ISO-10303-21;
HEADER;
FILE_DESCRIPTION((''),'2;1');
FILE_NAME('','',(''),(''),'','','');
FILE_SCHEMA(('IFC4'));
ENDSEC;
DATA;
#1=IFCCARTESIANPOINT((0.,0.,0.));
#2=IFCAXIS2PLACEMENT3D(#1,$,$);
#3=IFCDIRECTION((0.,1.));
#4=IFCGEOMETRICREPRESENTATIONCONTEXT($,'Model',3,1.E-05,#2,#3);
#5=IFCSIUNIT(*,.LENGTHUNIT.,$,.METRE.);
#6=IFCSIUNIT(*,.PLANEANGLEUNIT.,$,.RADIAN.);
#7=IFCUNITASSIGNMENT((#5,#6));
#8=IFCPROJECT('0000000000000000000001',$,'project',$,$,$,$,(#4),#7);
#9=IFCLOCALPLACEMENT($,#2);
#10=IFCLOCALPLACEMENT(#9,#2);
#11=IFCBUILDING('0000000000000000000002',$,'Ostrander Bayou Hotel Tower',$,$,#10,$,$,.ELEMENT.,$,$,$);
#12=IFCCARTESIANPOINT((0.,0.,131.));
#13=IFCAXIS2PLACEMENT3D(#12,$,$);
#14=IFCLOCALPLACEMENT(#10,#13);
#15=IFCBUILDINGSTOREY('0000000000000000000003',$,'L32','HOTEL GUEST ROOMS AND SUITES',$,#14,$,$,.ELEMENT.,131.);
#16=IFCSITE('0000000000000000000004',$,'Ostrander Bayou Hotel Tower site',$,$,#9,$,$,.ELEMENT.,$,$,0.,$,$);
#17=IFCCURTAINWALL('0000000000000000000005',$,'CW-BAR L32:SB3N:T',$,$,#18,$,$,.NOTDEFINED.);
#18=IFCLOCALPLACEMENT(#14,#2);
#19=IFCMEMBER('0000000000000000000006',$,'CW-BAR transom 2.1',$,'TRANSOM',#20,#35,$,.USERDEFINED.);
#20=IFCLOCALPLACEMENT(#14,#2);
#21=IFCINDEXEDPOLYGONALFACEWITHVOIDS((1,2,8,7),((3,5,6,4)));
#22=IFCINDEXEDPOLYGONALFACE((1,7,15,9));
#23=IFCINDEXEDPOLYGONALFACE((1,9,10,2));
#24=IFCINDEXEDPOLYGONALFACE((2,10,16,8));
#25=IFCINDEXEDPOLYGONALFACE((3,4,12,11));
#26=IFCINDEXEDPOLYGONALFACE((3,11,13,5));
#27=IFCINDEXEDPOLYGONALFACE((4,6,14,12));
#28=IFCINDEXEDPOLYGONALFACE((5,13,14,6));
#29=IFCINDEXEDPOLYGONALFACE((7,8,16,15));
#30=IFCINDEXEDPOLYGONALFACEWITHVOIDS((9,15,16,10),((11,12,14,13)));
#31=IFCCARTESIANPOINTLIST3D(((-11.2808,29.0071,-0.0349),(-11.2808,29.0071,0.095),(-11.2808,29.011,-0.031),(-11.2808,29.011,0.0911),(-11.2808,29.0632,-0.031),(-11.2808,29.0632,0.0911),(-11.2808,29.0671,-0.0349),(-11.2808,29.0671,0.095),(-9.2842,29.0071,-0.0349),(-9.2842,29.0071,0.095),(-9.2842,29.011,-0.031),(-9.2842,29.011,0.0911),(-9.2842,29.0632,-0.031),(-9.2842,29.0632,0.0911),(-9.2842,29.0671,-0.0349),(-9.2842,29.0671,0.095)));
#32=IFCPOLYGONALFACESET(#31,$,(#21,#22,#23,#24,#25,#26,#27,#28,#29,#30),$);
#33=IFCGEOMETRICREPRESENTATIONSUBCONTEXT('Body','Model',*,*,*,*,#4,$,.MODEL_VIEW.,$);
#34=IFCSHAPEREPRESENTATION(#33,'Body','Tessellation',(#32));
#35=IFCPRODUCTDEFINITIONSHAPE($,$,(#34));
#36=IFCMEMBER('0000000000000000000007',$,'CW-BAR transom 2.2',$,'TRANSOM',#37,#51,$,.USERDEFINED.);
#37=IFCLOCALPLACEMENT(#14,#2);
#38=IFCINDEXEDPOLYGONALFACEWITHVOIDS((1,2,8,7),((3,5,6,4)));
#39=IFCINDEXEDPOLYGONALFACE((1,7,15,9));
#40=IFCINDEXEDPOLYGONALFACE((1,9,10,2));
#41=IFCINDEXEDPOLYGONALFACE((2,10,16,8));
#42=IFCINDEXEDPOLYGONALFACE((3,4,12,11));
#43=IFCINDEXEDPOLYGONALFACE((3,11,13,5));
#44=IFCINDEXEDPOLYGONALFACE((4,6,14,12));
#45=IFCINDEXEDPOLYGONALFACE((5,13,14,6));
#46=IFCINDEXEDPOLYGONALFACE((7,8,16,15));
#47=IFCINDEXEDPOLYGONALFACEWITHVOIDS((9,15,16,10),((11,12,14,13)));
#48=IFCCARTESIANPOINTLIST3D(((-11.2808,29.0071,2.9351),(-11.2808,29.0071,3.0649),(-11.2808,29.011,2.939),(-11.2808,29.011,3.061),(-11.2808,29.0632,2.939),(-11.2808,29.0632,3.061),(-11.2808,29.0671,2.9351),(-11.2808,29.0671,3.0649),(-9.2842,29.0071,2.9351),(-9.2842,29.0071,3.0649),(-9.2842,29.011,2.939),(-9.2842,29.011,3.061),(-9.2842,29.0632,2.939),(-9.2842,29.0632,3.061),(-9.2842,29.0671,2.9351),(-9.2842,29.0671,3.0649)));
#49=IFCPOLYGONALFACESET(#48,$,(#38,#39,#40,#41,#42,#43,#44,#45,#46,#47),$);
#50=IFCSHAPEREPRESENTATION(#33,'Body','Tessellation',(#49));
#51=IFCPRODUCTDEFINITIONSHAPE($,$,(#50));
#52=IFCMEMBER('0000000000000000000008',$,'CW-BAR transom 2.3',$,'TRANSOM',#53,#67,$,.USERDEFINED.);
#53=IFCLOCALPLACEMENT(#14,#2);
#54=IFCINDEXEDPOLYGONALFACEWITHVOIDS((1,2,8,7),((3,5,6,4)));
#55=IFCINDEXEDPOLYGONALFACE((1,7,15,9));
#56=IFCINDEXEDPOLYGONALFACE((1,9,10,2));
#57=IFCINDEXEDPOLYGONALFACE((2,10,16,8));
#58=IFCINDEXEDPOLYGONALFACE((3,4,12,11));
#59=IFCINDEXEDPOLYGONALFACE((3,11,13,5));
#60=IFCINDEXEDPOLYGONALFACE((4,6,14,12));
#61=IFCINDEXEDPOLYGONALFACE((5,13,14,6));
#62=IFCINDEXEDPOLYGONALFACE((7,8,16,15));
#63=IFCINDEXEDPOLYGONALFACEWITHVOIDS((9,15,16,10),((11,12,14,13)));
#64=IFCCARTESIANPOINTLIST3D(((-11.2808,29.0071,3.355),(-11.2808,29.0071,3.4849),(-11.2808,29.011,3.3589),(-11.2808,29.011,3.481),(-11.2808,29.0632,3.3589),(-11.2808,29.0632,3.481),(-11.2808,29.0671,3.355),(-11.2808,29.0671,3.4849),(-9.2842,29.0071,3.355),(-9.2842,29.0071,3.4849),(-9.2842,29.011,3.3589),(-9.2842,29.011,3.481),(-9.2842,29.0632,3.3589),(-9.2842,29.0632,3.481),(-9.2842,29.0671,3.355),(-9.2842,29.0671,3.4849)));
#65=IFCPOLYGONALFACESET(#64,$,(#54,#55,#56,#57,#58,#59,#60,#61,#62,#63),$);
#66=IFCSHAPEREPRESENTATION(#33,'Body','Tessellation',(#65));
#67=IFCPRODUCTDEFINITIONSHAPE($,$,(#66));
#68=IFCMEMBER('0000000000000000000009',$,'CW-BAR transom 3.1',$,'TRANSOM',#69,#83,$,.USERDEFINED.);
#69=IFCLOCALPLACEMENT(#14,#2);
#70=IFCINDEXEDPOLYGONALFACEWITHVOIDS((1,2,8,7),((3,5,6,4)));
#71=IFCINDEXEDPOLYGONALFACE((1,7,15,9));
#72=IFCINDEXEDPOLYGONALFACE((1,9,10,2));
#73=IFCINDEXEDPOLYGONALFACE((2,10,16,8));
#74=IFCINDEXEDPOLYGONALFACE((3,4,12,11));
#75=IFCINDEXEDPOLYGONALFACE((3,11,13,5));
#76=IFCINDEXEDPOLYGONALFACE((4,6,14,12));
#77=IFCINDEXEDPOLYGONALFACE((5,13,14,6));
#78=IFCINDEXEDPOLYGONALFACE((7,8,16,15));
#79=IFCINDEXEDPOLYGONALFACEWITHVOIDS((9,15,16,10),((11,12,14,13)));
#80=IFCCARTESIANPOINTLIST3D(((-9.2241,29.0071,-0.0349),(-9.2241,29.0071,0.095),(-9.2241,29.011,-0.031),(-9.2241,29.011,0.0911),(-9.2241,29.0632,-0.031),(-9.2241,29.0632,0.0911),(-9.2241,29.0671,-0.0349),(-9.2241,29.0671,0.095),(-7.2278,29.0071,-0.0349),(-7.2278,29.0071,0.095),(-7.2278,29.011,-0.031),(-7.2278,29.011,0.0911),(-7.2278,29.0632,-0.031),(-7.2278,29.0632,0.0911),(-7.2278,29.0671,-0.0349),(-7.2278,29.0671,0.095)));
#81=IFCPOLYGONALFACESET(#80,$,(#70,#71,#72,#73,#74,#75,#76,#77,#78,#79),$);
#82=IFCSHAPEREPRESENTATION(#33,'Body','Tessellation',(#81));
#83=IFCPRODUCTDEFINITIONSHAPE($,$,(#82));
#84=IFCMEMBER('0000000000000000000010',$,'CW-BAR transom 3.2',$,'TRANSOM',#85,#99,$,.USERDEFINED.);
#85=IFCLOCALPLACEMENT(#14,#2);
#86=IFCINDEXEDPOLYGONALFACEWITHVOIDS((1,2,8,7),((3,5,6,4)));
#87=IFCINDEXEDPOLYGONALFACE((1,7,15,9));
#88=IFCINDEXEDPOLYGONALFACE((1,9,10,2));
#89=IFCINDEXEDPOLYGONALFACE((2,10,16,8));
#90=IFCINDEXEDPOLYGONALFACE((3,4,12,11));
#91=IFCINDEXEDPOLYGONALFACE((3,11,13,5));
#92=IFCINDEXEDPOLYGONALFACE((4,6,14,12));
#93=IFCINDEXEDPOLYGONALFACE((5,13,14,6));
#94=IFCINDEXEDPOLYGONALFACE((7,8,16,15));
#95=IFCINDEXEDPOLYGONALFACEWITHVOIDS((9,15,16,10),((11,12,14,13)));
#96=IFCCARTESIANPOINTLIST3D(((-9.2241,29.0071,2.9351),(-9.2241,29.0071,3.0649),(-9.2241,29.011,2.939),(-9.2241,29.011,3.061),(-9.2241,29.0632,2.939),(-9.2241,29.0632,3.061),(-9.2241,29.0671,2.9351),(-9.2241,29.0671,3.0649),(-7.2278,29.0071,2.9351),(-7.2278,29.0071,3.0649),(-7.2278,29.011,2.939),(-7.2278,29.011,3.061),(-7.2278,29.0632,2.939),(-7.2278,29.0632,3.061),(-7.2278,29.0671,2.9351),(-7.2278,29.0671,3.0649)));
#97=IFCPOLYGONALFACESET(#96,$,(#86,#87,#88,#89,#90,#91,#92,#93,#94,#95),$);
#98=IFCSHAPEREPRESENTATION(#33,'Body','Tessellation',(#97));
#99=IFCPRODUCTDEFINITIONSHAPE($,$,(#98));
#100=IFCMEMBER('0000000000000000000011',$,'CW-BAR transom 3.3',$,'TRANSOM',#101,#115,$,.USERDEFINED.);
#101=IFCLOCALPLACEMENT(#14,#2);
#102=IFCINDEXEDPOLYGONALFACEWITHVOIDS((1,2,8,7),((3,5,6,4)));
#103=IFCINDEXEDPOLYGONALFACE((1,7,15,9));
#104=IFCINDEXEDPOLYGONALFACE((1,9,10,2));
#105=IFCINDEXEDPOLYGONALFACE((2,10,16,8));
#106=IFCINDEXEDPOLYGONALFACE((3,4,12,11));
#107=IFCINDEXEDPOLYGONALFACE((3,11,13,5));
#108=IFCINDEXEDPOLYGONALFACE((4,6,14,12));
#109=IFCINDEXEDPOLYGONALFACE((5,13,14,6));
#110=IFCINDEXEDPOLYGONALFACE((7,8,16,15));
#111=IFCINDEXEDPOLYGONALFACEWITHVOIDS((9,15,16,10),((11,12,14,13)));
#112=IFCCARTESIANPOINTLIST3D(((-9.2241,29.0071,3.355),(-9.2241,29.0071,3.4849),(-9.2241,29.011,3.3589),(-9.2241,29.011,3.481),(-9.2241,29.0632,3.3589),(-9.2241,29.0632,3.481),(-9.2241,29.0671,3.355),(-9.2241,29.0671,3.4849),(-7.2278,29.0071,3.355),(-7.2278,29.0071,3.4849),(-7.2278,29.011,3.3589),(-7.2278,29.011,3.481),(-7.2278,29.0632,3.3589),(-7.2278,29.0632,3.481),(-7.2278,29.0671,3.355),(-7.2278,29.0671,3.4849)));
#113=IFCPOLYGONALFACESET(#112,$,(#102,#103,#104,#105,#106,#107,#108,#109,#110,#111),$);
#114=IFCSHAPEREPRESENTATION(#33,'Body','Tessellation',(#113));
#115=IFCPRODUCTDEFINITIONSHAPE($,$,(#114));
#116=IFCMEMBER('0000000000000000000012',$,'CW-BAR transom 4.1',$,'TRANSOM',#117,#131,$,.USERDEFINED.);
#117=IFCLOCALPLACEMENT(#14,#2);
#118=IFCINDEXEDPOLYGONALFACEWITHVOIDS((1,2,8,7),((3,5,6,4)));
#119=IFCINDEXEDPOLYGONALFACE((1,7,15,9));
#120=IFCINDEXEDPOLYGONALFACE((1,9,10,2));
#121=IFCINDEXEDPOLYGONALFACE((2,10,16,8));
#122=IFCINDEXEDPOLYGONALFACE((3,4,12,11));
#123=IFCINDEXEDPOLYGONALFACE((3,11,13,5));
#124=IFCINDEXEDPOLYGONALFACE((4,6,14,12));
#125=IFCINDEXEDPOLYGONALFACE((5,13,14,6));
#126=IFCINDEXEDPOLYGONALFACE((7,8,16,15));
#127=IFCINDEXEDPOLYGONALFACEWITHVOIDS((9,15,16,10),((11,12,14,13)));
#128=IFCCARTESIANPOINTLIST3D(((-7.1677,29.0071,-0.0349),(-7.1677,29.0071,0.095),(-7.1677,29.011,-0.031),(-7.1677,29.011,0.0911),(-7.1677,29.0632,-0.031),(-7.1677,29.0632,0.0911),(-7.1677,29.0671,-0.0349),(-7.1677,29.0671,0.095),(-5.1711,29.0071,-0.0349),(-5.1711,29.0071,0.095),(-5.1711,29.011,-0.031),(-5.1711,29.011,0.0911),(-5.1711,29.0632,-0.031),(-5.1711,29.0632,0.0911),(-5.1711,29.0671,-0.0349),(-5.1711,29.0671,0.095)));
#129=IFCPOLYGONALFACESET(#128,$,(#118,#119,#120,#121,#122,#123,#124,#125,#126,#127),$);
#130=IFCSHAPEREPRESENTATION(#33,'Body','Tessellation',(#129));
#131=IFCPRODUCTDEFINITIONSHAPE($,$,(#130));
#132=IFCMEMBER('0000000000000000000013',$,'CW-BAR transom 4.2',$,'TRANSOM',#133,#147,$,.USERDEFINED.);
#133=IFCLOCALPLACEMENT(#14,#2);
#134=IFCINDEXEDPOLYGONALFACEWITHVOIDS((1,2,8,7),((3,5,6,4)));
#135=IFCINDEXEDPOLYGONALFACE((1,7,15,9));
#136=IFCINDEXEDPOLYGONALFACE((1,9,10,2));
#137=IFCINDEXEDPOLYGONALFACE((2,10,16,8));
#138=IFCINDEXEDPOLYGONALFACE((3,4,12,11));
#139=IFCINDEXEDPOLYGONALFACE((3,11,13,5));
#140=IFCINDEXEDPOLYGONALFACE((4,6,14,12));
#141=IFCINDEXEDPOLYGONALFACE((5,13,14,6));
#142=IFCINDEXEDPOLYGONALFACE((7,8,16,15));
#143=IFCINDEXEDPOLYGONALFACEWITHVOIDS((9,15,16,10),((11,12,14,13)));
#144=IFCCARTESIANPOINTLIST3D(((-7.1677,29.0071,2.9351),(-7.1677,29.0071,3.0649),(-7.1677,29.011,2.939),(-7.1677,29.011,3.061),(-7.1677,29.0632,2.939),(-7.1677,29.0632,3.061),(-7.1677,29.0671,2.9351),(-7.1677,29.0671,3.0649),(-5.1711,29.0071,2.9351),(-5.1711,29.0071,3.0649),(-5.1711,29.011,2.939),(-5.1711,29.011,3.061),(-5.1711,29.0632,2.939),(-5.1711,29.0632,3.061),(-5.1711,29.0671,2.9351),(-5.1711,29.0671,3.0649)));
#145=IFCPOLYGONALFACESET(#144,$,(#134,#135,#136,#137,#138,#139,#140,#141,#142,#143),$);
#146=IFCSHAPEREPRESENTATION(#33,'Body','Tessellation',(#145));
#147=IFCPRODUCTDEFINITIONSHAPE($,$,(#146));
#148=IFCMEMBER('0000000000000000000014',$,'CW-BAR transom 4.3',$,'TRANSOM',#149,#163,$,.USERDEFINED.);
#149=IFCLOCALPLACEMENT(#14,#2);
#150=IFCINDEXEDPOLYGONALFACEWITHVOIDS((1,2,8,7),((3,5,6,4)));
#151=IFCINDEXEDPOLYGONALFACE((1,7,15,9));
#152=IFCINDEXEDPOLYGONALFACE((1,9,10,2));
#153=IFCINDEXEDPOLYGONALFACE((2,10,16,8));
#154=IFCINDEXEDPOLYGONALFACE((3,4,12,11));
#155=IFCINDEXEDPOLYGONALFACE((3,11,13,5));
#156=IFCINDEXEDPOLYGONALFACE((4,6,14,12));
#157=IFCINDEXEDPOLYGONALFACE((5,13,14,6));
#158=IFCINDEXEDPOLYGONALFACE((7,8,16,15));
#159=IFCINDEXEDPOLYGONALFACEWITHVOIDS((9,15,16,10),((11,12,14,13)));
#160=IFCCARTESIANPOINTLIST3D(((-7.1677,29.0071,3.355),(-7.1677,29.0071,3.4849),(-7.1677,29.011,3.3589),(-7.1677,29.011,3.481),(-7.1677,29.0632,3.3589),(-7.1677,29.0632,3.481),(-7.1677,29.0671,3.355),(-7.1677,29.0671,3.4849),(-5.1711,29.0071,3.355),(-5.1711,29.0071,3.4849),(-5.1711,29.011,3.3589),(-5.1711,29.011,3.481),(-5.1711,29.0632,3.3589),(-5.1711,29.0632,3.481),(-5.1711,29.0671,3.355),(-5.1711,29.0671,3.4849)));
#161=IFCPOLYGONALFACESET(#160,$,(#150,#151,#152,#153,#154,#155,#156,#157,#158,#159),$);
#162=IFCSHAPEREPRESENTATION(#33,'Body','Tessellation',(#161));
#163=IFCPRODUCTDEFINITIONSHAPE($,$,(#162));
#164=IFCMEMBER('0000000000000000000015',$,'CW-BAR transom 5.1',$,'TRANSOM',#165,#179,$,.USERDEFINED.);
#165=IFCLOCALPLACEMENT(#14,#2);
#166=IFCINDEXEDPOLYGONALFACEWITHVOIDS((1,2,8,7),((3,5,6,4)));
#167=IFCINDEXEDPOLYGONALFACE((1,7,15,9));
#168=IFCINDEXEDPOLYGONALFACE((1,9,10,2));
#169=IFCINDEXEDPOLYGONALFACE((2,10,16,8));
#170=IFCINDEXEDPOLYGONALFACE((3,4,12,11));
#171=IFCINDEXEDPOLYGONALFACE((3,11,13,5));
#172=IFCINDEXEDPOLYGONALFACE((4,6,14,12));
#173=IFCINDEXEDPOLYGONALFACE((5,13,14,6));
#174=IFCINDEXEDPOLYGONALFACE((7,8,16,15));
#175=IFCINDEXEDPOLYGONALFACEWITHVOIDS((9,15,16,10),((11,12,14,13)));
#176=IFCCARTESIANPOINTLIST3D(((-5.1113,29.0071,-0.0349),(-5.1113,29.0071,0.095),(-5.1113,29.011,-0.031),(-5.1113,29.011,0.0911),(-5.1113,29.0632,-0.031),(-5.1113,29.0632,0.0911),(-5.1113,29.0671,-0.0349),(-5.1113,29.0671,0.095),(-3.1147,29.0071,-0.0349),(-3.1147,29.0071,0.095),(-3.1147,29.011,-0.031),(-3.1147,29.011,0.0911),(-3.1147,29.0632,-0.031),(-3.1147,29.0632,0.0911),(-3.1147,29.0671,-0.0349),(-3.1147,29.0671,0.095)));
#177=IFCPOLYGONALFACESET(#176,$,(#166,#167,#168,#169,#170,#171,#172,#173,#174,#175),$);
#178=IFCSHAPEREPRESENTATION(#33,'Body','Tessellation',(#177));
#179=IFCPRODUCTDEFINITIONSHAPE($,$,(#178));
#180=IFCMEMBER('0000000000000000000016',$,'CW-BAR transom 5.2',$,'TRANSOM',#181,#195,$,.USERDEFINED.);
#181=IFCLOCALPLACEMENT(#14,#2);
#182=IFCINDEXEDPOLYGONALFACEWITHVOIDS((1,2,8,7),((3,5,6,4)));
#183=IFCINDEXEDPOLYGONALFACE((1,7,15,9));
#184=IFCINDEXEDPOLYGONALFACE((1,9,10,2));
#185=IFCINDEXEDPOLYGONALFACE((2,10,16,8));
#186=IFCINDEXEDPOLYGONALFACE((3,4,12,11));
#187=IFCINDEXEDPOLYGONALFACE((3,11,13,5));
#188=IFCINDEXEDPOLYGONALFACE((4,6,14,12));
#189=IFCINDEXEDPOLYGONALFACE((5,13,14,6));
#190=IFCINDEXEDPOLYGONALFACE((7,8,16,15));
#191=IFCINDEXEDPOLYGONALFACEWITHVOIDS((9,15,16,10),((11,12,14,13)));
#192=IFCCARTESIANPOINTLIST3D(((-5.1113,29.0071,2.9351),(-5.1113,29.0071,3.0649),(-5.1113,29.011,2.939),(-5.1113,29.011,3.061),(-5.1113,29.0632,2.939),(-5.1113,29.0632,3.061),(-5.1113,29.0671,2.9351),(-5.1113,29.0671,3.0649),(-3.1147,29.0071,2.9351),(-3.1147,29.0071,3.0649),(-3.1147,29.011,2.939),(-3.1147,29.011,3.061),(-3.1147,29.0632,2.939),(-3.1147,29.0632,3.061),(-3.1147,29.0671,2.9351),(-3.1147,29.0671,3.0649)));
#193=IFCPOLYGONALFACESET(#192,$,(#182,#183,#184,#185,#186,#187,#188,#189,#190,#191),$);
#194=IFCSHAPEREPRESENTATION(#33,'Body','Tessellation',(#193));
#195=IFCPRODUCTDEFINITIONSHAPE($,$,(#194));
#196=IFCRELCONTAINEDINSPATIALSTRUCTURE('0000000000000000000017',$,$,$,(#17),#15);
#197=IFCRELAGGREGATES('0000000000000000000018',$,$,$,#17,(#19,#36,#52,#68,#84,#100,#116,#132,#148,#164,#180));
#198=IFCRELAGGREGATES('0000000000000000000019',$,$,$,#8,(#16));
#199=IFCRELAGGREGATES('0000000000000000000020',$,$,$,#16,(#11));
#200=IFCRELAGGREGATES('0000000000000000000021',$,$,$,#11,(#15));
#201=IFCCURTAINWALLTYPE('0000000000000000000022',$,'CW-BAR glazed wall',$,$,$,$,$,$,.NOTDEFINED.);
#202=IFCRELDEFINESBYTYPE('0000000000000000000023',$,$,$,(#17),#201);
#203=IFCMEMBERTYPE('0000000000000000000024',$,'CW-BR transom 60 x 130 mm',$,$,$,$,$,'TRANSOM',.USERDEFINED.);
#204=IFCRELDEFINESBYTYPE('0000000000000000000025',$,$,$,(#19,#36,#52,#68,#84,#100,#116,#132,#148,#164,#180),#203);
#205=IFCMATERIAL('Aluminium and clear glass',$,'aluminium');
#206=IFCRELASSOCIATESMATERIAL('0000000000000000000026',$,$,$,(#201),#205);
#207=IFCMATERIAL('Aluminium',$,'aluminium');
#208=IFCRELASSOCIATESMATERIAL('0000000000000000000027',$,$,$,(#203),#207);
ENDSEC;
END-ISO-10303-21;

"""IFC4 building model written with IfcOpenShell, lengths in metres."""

from ifc_helpers import new_model, si_unit, direction, frame, origin, origin_2d, place, context, subcontext, project, spatial, hollow_rectangle, extrude, material, material_profile, profile_set, type_object, element, aggregate, save


model = new_model("IFC4")

# Units and contexts
model_context = context("Model", 3, precision=1e-05, world=origin(), true_north=direction((0.0, 1.0)))
body_context = subcontext(model_context, "Body", "Model", "MODEL_VIEW")
ifc_project = project(units=[si_unit("LENGTHUNIT", "METRE"), si_unit("PLANEANGLEUNIT", "RADIAN")], contexts=[model_context])

# Site, building, storey
site_placement = place(None, origin())
site = spatial("IfcSite", under=ifc_project, at=site_placement, Name="Ostrander Bayou Hotel Tower site", CompositionType="ELEMENT", RefElevation=0.0)
building_placement = place(site_placement, origin())
building = spatial("IfcBuilding", under=site, at=building_placement, Name="Ostrander Bayou Hotel Tower", CompositionType="ELEMENT")
storey_placement = place(building_placement, frame((0.0, 0.0, 131.0)))
storey = spatial("IfcBuildingStorey", under=building, at=storey_placement, Name="L32", Description="HOTEL GUEST ROOMS AND SUITES", CompositionType="ELEMENT", Elevation=131.0)

# Curtain wall, members
ifc_material_1 = material(Name="Aluminium and clear glass", Category="aluminium")
curtain_wall_type = type_object("IfcCurtainWallType", Name="CW-BAR glazed wall", PredefinedType="NOTDEFINED", material=ifc_material_1)
curtain_wall_placement = place(storey_placement, origin())
curtain_wall = element("IfcCurtainWall", 1, at=curtain_wall_placement, inside=storey, type_object=curtain_wall_type, Name="CW-BAR L32:SB3N:T", PredefinedType="NOTDEFINED")
ifc_material_2 = material(Name="Aluminium", Category="aluminium")
ifc_material_profile_1 = material_profile(ifc_material_2, hollow_rectangle(XDim=0.0601, YDim=0.1299, WallThickness=0.0039, at=origin_2d()))
ifc_profile_set_1 = profile_set([ifc_material_profile_1], Name="Aluminium")
member_type_1 = type_object("IfcMemberType", Name="CW-BR transom 60 x 130 mm", ElementType="TRANSOM", PredefinedType="USERDEFINED", material=ifc_profile_set_1)
member_1_placement = place(storey_placement, frame((-11.2808, 29.0371, 0.03), z_axis=(1.0, 0.0, 0.0), x_axis=(0.0, 1.0, 0.0)))
member_1 = element("IfcMember", 2, at=member_1_placement, type_object=member_type_1, Name="CW-BAR transom 2.1", ObjectType="TRANSOM", PredefinedType="USERDEFINED", context=body_context, shape_type="SweptSolid", body=[
    extrude(hollow_rectangle(XDim=0.0601, YDim=0.1299, WallThickness=0.0039, at=origin_2d()), origin(), (0.0, 0.0, 1.0), 1.9966),
])
member_2_placement = place(storey_placement, frame((-11.2808, 29.0371, 3.0), z_axis=(1.0, 0.0, 0.0), x_axis=(0.0, 1.0, 0.0)))
member_2 = element("IfcMember", 3, at=member_2_placement, type_object=member_type_1, Name="CW-BAR transom 2.2", ObjectType="TRANSOM", PredefinedType="USERDEFINED", context=body_context, shape_type="SweptSolid", body=[
    extrude(hollow_rectangle(XDim=0.0601, YDim=0.1299, WallThickness=0.0039, at=origin_2d()), origin(), (0.0, 0.0, 1.0), 1.9966),
])
member_3_placement = place(storey_placement, frame((-11.2808, 29.0371, 3.4199), z_axis=(1.0, 0.0, 0.0), x_axis=(0.0, 1.0, 0.0)))
member_3 = element("IfcMember", 4, at=member_3_placement, type_object=member_type_1, Name="CW-BAR transom 2.3", ObjectType="TRANSOM", PredefinedType="USERDEFINED", context=body_context, shape_type="SweptSolid", body=[
    extrude(hollow_rectangle(XDim=0.0601, YDim=0.1299, WallThickness=0.0039, at=origin_2d()), origin(), (0.0, 0.0, 1.0), 1.9966),
])
member_4_placement = place(storey_placement, frame((-9.2241, 29.0371, 0.03), z_axis=(1.0, 0.0, 0.0), x_axis=(0.0, 1.0, 0.0)))
member_4 = element("IfcMember", 5, at=member_4_placement, type_object=member_type_1, Name="CW-BAR transom 3.1", ObjectType="TRANSOM", PredefinedType="USERDEFINED", context=body_context, shape_type="SweptSolid", body=[
    extrude(hollow_rectangle(XDim=0.0601, YDim=0.1299, WallThickness=0.0039, at=origin_2d()), origin(), (0.0, 0.0, 1.0), 1.9963),
])
member_5_placement = place(storey_placement, frame((-9.2241, 29.0371, 3.0), z_axis=(1.0, 0.0, 0.0), x_axis=(0.0, 1.0, 0.0)))
member_5 = element("IfcMember", 6, at=member_5_placement, type_object=member_type_1, Name="CW-BAR transom 3.2", ObjectType="TRANSOM", PredefinedType="USERDEFINED", context=body_context, shape_type="SweptSolid", body=[
    extrude(hollow_rectangle(XDim=0.0601, YDim=0.1299, WallThickness=0.0039, at=origin_2d()), origin(), (0.0, 0.0, 1.0), 1.9963),
])
member_6_placement = place(storey_placement, frame((-9.2241, 29.0371, 3.4199), z_axis=(1.0, 0.0, 0.0), x_axis=(0.0, 1.0, 0.0)))
member_6 = element("IfcMember", 7, at=member_6_placement, type_object=member_type_1, Name="CW-BAR transom 3.3", ObjectType="TRANSOM", PredefinedType="USERDEFINED", context=body_context, shape_type="SweptSolid", body=[
    extrude(hollow_rectangle(XDim=0.0601, YDim=0.1299, WallThickness=0.0039, at=origin_2d()), origin(), (0.0, 0.0, 1.0), 1.9963),
])
member_7_placement = place(storey_placement, frame((-7.1677, 29.0371, 0.03), z_axis=(1.0, 0.0, 0.0), x_axis=(0.0, 1.0, 0.0)))
member_7 = element("IfcMember", 8, at=member_7_placement, type_object=member_type_1, Name="CW-BAR transom 4.1", ObjectType="TRANSOM", PredefinedType="USERDEFINED", context=body_context, shape_type="SweptSolid", body=[
    extrude(hollow_rectangle(XDim=0.0601, YDim=0.1299, WallThickness=0.0039, at=origin_2d()), origin(), (0.0, 0.0, 1.0), 1.9966),
])
member_8_placement = place(storey_placement, frame((-7.1677, 29.0371, 3.0), z_axis=(1.0, 0.0, 0.0), x_axis=(0.0, 1.0, 0.0)))
member_8 = element("IfcMember", 9, at=member_8_placement, type_object=member_type_1, Name="CW-BAR transom 4.2", ObjectType="TRANSOM", PredefinedType="USERDEFINED", context=body_context, shape_type="SweptSolid", body=[
    extrude(hollow_rectangle(XDim=0.0601, YDim=0.1299, WallThickness=0.0039, at=origin_2d()), origin(), (0.0, 0.0, 1.0), 1.9966),
])
member_9_placement = place(storey_placement, frame((-7.1677, 29.0371, 3.4199), z_axis=(1.0, 0.0, 0.0), x_axis=(0.0, 1.0, 0.0)))
member_9 = element("IfcMember", 10, at=member_9_placement, type_object=member_type_1, Name="CW-BAR transom 4.3", ObjectType="TRANSOM", PredefinedType="USERDEFINED", context=body_context, shape_type="SweptSolid", body=[
    extrude(hollow_rectangle(XDim=0.0601, YDim=0.1299, WallThickness=0.0039, at=origin_2d()), origin(), (0.0, 0.0, 1.0), 1.9966),
])
member_10_placement = place(storey_placement, frame((-5.1113, 29.0371, 0.03), z_axis=(1.0, 0.0, 0.0), x_axis=(0.0, 1.0, 0.0)))
member_10 = element("IfcMember", 11, at=member_10_placement, type_object=member_type_1, Name="CW-BAR transom 5.1", ObjectType="TRANSOM", PredefinedType="USERDEFINED", context=body_context, shape_type="SweptSolid", body=[
    extrude(hollow_rectangle(XDim=0.0601, YDim=0.1299, WallThickness=0.0039, at=origin_2d()), origin(), (0.0, 0.0, 1.0), 1.9966),
])
member_11_placement = place(storey_placement, frame((-5.1113, 29.0371, 3.0), z_axis=(1.0, 0.0, 0.0), x_axis=(0.0, 1.0, 0.0)))
member_11 = element("IfcMember", 12, at=member_11_placement, type_object=member_type_1, Name="CW-BAR transom 5.2", ObjectType="TRANSOM", PredefinedType="USERDEFINED", context=body_context, shape_type="SweptSolid", body=[
    extrude(hollow_rectangle(XDim=0.0601, YDim=0.1299, WallThickness=0.0039, at=origin_2d()), origin(), (0.0, 0.0, 1.0), 1.9966),
])
aggregate(curtain_wall, [member_1, member_2, member_3, member_4, member_5, member_6, member_7, member_8, member_9, member_10, member_11])

save(model, "model.ifc")
